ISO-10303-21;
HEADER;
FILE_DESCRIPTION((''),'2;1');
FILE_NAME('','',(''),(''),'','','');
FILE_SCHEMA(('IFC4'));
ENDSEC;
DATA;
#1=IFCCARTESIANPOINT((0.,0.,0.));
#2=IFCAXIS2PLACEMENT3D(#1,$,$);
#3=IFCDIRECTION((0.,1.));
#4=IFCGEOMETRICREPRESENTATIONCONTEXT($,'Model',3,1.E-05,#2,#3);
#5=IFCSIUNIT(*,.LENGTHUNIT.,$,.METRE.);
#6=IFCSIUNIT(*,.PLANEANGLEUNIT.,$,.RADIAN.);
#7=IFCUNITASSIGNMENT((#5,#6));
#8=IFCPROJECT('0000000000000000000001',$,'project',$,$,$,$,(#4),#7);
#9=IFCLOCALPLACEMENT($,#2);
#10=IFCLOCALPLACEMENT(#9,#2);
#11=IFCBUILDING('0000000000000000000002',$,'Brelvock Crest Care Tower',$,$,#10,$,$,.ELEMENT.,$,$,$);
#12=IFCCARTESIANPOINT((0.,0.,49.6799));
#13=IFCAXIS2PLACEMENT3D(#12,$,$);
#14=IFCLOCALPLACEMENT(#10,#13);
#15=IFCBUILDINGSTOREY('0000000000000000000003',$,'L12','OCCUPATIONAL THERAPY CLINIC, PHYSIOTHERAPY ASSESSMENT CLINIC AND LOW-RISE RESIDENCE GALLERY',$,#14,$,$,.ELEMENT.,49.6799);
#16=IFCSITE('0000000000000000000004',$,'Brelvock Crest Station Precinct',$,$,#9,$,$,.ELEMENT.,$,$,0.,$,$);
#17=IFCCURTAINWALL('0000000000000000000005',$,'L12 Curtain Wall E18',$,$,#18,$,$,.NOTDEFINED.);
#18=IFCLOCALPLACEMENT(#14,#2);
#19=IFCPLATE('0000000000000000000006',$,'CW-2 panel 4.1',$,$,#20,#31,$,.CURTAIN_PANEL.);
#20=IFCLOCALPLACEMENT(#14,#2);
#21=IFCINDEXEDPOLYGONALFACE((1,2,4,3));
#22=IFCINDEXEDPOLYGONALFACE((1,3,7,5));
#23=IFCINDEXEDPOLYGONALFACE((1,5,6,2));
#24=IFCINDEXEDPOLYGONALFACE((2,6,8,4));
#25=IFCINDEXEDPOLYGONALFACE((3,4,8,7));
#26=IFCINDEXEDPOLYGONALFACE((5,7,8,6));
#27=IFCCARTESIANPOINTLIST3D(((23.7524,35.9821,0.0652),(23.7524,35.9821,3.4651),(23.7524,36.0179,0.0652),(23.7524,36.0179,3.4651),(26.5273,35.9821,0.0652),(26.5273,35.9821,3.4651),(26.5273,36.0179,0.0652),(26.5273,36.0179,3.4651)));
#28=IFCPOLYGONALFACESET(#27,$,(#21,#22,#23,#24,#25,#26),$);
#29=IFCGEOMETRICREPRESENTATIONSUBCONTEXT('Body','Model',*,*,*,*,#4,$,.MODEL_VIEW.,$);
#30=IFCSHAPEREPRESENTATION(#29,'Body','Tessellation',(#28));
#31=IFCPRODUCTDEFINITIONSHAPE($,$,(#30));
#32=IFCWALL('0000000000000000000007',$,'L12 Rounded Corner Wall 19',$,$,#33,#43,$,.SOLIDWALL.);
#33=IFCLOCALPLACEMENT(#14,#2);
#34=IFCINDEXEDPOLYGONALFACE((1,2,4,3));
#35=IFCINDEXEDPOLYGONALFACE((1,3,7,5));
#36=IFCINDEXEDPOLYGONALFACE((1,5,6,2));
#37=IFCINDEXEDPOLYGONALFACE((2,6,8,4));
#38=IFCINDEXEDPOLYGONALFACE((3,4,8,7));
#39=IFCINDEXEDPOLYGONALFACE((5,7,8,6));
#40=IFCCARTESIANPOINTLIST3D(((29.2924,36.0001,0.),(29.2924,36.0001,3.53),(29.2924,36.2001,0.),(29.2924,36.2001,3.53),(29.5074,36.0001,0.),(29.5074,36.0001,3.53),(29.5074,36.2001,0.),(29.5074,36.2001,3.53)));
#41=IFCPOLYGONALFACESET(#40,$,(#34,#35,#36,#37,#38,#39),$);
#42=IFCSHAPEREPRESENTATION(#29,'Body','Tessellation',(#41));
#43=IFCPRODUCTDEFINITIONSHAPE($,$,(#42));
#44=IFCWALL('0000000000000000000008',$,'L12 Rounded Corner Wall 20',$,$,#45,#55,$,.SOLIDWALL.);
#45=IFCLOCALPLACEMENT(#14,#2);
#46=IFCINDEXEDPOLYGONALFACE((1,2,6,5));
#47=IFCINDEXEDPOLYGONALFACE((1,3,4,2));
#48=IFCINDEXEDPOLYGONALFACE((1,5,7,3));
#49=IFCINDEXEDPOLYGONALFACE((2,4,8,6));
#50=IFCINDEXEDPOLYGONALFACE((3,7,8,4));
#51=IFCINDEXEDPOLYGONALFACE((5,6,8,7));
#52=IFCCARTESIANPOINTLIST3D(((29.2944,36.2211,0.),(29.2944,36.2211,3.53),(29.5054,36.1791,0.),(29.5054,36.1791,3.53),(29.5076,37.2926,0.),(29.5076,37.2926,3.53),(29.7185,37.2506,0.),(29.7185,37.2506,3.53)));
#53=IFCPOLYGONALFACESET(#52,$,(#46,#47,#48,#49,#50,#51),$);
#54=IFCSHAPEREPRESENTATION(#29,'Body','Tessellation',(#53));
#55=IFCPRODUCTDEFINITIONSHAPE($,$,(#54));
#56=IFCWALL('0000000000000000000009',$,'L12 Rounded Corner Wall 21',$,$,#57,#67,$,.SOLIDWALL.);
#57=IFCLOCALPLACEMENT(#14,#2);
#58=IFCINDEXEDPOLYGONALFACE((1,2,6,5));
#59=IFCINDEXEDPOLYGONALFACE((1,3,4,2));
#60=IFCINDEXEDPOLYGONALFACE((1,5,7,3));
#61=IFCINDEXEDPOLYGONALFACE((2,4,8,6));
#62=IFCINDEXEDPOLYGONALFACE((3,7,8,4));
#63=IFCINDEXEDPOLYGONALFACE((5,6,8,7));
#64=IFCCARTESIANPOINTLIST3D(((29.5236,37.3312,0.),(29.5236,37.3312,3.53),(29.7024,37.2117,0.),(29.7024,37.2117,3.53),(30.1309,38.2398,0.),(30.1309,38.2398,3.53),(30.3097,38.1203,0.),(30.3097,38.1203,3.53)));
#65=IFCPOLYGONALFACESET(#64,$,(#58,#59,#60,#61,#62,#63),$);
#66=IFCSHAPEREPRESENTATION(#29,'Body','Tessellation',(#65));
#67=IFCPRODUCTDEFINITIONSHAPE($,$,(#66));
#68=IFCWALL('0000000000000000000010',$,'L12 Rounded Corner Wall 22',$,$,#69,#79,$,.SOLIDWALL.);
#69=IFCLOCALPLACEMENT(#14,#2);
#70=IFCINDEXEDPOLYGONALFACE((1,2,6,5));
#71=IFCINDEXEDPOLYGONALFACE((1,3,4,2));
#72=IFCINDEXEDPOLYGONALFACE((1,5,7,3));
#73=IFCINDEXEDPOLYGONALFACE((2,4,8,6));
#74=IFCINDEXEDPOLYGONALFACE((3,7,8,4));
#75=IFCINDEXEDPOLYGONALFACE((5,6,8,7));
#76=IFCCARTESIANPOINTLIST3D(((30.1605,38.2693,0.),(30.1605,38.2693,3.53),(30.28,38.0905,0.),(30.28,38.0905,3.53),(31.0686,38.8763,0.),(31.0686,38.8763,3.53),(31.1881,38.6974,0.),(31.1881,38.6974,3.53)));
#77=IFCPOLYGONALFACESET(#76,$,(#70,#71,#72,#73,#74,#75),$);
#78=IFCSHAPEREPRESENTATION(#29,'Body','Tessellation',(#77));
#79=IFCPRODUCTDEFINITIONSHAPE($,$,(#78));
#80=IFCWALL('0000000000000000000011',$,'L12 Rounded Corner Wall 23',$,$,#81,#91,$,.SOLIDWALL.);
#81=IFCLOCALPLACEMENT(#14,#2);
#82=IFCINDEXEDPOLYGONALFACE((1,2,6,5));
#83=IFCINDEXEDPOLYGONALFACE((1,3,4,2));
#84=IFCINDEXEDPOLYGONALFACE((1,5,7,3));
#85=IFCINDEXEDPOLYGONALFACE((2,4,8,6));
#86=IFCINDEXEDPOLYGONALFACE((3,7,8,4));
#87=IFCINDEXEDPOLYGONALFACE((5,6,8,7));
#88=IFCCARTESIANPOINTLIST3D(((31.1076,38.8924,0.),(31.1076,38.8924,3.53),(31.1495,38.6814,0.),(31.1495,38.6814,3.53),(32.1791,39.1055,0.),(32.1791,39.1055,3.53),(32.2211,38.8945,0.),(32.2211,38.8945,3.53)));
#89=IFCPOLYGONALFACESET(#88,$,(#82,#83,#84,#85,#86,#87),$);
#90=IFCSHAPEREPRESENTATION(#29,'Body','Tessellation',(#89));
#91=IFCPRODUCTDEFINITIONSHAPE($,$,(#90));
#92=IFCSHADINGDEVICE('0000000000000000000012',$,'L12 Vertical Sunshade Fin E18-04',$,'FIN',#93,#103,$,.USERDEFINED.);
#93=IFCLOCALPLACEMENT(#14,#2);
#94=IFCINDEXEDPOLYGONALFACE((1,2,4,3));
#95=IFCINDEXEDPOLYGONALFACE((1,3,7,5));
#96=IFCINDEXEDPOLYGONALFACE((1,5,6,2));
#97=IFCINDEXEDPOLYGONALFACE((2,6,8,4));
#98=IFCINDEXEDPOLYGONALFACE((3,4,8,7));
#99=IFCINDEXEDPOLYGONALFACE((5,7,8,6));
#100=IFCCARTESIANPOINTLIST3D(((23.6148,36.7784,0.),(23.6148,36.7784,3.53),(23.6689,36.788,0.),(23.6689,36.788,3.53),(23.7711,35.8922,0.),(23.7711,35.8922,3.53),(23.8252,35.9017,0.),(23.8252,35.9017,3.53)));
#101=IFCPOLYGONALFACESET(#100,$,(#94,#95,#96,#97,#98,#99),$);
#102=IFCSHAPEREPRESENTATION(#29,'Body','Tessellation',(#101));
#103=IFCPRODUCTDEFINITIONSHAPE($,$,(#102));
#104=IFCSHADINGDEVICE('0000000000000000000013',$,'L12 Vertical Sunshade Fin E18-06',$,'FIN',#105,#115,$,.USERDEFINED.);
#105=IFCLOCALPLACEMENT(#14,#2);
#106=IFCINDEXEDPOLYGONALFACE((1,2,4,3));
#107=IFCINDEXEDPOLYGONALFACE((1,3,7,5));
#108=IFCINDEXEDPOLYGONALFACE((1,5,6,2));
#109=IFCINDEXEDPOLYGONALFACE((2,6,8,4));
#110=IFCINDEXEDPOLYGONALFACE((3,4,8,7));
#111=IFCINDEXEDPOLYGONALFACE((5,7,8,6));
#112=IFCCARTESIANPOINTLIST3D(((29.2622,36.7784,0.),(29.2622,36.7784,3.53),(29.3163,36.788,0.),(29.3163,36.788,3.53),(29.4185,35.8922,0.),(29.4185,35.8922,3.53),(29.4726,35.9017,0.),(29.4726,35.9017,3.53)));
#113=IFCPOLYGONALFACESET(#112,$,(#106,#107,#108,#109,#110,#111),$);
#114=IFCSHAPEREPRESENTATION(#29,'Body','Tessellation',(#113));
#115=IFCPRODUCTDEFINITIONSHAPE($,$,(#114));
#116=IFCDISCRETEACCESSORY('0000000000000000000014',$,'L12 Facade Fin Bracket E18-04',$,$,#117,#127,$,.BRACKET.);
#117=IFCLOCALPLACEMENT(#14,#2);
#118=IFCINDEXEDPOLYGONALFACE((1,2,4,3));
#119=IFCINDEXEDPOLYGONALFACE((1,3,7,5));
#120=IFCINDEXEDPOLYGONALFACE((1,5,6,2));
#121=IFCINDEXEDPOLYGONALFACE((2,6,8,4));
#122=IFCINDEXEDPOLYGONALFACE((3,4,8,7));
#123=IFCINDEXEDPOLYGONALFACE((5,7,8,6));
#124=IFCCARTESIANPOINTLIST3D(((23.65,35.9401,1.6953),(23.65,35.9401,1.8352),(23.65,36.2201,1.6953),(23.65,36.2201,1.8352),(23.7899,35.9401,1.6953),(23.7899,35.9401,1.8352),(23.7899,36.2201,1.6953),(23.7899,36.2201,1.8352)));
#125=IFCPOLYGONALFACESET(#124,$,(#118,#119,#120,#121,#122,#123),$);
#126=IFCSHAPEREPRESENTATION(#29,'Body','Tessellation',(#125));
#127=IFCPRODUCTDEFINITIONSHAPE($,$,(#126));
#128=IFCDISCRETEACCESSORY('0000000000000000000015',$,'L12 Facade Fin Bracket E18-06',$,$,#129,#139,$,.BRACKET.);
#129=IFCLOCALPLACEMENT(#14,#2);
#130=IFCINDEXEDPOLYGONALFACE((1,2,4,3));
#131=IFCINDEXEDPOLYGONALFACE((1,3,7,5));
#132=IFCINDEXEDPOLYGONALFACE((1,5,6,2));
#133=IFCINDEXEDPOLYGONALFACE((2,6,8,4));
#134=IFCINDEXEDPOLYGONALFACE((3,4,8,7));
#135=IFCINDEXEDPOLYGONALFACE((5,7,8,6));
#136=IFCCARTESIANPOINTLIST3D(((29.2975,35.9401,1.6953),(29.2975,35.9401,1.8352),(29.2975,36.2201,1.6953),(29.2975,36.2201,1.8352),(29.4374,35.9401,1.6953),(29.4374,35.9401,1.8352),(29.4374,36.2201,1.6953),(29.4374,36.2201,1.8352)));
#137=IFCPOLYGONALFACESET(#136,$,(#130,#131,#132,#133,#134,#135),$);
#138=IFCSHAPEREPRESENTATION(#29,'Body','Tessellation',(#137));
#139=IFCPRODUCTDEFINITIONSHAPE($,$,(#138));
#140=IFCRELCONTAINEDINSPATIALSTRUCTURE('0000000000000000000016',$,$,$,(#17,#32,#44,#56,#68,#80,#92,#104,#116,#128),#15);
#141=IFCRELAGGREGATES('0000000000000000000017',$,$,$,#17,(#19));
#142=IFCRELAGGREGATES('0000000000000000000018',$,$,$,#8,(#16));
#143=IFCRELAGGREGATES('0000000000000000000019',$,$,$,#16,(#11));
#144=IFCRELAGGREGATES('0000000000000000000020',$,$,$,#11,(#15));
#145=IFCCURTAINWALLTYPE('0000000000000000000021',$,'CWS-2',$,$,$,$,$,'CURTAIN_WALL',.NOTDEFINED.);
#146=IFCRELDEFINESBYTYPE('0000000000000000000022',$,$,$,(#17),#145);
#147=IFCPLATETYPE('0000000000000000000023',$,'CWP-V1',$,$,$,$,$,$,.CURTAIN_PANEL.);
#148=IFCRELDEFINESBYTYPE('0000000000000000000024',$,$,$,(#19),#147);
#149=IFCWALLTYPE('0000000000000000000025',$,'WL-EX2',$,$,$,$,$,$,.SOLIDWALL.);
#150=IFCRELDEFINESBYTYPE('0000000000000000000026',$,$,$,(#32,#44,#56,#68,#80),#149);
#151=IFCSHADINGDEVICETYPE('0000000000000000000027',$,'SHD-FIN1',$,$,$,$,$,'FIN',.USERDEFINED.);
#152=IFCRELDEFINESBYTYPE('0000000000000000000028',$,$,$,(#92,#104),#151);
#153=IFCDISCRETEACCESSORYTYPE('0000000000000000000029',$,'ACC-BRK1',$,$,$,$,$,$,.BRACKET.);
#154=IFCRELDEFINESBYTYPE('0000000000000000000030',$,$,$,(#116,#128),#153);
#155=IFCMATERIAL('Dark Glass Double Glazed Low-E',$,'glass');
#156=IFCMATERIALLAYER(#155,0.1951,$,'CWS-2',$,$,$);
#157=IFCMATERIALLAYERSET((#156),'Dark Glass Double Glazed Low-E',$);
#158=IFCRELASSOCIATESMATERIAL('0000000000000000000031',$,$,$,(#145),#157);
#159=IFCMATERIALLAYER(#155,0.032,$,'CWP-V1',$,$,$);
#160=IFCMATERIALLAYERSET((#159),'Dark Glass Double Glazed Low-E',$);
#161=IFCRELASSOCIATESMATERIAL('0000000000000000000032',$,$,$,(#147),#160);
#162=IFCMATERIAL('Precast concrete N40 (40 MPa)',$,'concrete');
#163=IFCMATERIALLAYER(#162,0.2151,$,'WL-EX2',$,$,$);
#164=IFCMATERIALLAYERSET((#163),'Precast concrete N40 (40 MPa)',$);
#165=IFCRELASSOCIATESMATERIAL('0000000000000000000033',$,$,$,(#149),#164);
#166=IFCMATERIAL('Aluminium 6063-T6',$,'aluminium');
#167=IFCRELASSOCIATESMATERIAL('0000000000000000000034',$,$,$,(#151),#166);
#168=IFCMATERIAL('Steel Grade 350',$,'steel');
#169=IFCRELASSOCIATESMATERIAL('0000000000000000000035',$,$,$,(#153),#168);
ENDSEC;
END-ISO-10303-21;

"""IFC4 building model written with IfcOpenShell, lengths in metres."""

from ifc_helpers import new_model, si_unit, direction, frame, frame_2d, origin, origin_2d, place, context, subcontext, project, spatial, rectangle, extrude, source, transform, mapped, material, layer, layer_set, material_profile, profile_set, type_object, element, aggregate, save


model = new_model("IFC4")

# Units and contexts
model_context = context("Model", 3, precision=1e-05, world=origin(), true_north=direction((0.0, 1.0)))
body_context = subcontext(model_context, "Body", "Model", "MODEL_VIEW")
ifc_project = project(units=[si_unit("LENGTHUNIT", "METRE"), si_unit("PLANEANGLEUNIT", "RADIAN")], contexts=[model_context])

# Site, building, storey
site_placement = place(None, origin())
site = spatial("IfcSite", under=ifc_project, at=site_placement, Name="Brelvock Crest Station Precinct", CompositionType="ELEMENT", RefElevation=0.0)
building_placement = place(site_placement, origin())
building = spatial("IfcBuilding", under=site, at=building_placement, Name="Brelvock Crest Care Tower", CompositionType="ELEMENT")
storey_placement = place(building_placement, frame((0.0, 0.0, 49.6799)))
storey = spatial("IfcBuildingStorey", under=building, at=storey_placement, Name="L12", Description="OCCUPATIONAL THERAPY CLINIC, PHYSIOTHERAPY ASSESSMENT CLINIC AND LOW-RISE RESIDENCE GALLERY", CompositionType="ELEMENT", Elevation=49.6799)

# Shared definitions
ifc_material_1 = material(Name="Steel Grade 350", Category="steel")

# Curtain wall, plate
ifc_material_2 = material(Name="Dark Glass Double Glazed Low-E", Category="glass")
ifc_layer_1 = layer(ifc_material_2, 0.1951, Name="CWS-2")
ifc_layer_set_1 = layer_set([ifc_layer_1], Name="Dark Glass Double Glazed Low-E")
curtain_wall_type = type_object("IfcCurtainWallType", Name="CWS-2", ElementType="CURTAIN_WALL", PredefinedType="NOTDEFINED", material=ifc_layer_set_1)
curtain_wall_placement = place(storey_placement, origin())
curtain_wall = element("IfcCurtainWall", 1, at=curtain_wall_placement, inside=storey, type_object=curtain_wall_type, Name="L12 Curtain Wall E18", PredefinedType="NOTDEFINED")
ifc_material_3 = material(Name="Aluminium 6063-T6", Category="aluminium")
ifc_layer_2 = layer(ifc_material_2, 0.032, Name="CWP-V1")
ifc_layer_set_2 = layer_set([ifc_layer_2], Name="Dark Glass Double Glazed Low-E")
plate_type = type_object("IfcPlateType", Name="CWP-V1", PredefinedType="CURTAIN_PANEL", material=ifc_layer_set_2)
shared_shape_1 = source(origin(), body_context, "Body", "SweptSolid", [
    extrude(rectangle(XDim=2.7749, YDim=0.0359, at=origin_2d()), origin(), (0.0, 0.0, 1.0), 3.3999),
])
plate_1_placement = place(storey_placement, frame((25.1399, 36.0, 0.0652), z_axis=(0.0, 0.0, 1.0), x_axis=(1.0, 0.0, 0.0)))
plate_1 = element("IfcPlate", 2, at=plate_1_placement, type_object=plate_type, Name="CW-2 panel 4.1", PredefinedType="CURTAIN_PANEL", context=body_context, shape_type="MappedRepresentation", body=[
    mapped(shared_shape_1, transform((0.0, 0.0, 0.0), x_axis=(1.0, 0.0, 0.0), y_axis=(0.0, 1.0, 0.0), z_axis=(0.0, 0.0, 1.0), scale=1.0)),
])
aggregate(curtain_wall, [plate_1])

# Walls
ifc_material_4 = material(Name="Precast concrete N40 (40 MPa)", Category="concrete")
ifc_layer_3 = layer(ifc_material_4, 0.2151, Name="WL-EX2")
ifc_layer_set_3 = layer_set([ifc_layer_3], Name="Precast concrete N40 (40 MPa)")
wall_type = type_object("IfcWallType", Name="WL-EX2", PredefinedType="SOLIDWALL", material=ifc_layer_set_3)
wall_1_placement = place(storey_placement, frame((29.3999, 36.0, 0.0), z_axis=(0.0, 0.0, 1.0), x_axis=(0.0, 1.0, 0.0)))
element("IfcWall", 3, at=wall_1_placement, inside=storey, type_object=wall_type, Name="L12 Rounded Corner Wall 19", PredefinedType="SOLIDWALL", context=body_context, shape_type="SweptSolid", body=[
    extrude(rectangle(XDim=0.2, YDim=0.2151, at=frame_2d((0.1001, 0.0))), origin(), (0.0, 0.0, 1.0), 3.53),
])
wall_2_placement = place(storey_placement, frame((29.3999, 36.2, 0.0), z_axis=(0.0, 0.0, 1.0), x_axis=(0.195085, 0.980786, 0.0)))
element("IfcWall", 4, at=wall_2_placement, inside=storey, type_object=wall_type, Name="L12 Rounded Corner Wall 20", PredefinedType="SOLIDWALL", context=body_context, shape_type="SweptSolid", body=[
    extrude(rectangle(XDim=1.0925, YDim=0.2151, at=frame_2d((0.5464, 0.0))), origin(), (0.0, 0.0, 1.0), 3.53),
])
wall_3_placement = place(storey_placement, frame((29.613, 37.2715, 0.0), z_axis=(0.0, 0.0, 1.0), x_axis=(0.555679, 0.831397, 0.0)))
element("IfcWall", 5, at=wall_3_placement, inside=storey, type_object=wall_type, Name="L12 Rounded Corner Wall 21", PredefinedType="SOLIDWALL", context=body_context, shape_type="SweptSolid", body=[
    extrude(rectangle(XDim=1.0928, YDim=0.2151, at=frame_2d((0.5464, 0.0))), origin(), (0.0, 0.0, 1.0), 3.53),
])
wall_4_placement = place(storey_placement, frame((30.2202, 38.1799, 0.0), z_axis=(0.0, 0.0, 1.0), x_axis=(0.831431, 0.555628, 0.0)))
element("IfcWall", 6, at=wall_4_placement, inside=storey, type_object=wall_type, Name="L12 Rounded Corner Wall 22", PredefinedType="SOLIDWALL", context=body_context, shape_type="SweptSolid", body=[
    extrude(rectangle(XDim=1.0923, YDim=0.2151, at=frame_2d((0.5461, 0.0))), origin(), (0.0, 0.0, 1.0), 3.53),
])
wall_5_placement = place(storey_placement, frame((31.1284, 38.7869, 0.0), z_axis=(0.0, 0.0, 1.0), x_axis=(0.980786, 0.195085, 0.0)))
element("IfcWall", 7, at=wall_5_placement, inside=storey, type_object=wall_type, Name="L12 Rounded Corner Wall 23", PredefinedType="SOLIDWALL", context=body_context, shape_type="SweptSolid", body=[
    extrude(rectangle(XDim=1.0925, YDim=0.2151, at=frame_2d((0.5464, 0.0))), origin(), (0.0, 0.0, 1.0), 3.53),
])

# Shading devices
ifc_material_profile_1 = material_profile(ifc_material_3, rectangle(XDim=0.0549, YDim=0.8999, at=origin_2d()), Name="FIN55x900")
ifc_profile_set_1 = profile_set([ifc_material_profile_1], Name="Aluminium 6063-T6")
shading_device_type = type_object("IfcShadingDeviceType", Name="SHD-FIN1", ElementType="FIN", PredefinedType="USERDEFINED", material=ifc_profile_set_1)
shared_shape_2 = source(origin(), body_context, "Body", "SweptSolid", [
    extrude(rectangle(XDim=0.0549, YDim=0.8999, at=origin_2d()), origin(), (0.0, 0.0, 1.0), 3.53),
])
for number, where, z_axis, x_axis, name in (
    (8, (23.72, 36.3401, 0.0), (0.0, 0.0, 1.0), (0.984808, 0.173648, 0.0), "L12 Vertical Sunshade Fin E18-04"),
    (9, (29.3674, 36.3401, 0.0), (0.0, 0.0, 1.0), (0.984808, 0.173648, 0.0), "L12 Vertical Sunshade Fin E18-06"),
):
    element("IfcShadingDevice", number, at=place(storey_placement, frame(where, z_axis=z_axis, x_axis=x_axis)), inside=storey, type_object=shading_device_type, Name=name, ObjectType="FIN", PredefinedType="USERDEFINED", context=body_context, shape_type="MappedRepresentation", body=[
        mapped(shared_shape_2, transform((0.0, 0.0, 0.0), x_axis=(1.0, 0.0, 0.0), y_axis=(0.0, 1.0, 0.0), z_axis=(0.0, 0.0, 1.0), scale=1.0)),
    ])

# Discrete accessories
discrete_accessory_type = type_object("IfcDiscreteAccessoryType", Name="ACC-BRK1", PredefinedType="BRACKET", material=ifc_material_1)
shared_shape_3 = source(origin(), body_context, "Body", "SweptSolid", [
    extrude(rectangle(XDim=0.28, YDim=0.1399, at=origin_2d()), origin(), (0.0, 0.0, 1.0), 0.1399),
])
for number, where, z_axis, x_axis, name in (
    (10, (23.72, 36.0801, 1.6953), (0.0, 0.0, 1.0), (0.0, 1.0, 0.0), "L12 Facade Fin Bracket E18-04"),
    (11, (29.3674, 36.0801, 1.6953), (0.0, 0.0, 1.0), (0.0, 1.0, 0.0), "L12 Facade Fin Bracket E18-06"),
):
    element("IfcDiscreteAccessory", number, at=place(storey_placement, frame(where, z_axis=z_axis, x_axis=x_axis)), inside=storey, type_object=discrete_accessory_type, Name=name, PredefinedType="BRACKET", context=body_context, shape_type="MappedRepresentation", body=[
        mapped(shared_shape_3, transform((0.0, 0.0, 0.0), x_axis=(1.0, 0.0, 0.0), y_axis=(0.0, 1.0, 0.0), z_axis=(0.0, 0.0, 1.0), scale=1.0)),
    ])

save(model, "model.ifc")
